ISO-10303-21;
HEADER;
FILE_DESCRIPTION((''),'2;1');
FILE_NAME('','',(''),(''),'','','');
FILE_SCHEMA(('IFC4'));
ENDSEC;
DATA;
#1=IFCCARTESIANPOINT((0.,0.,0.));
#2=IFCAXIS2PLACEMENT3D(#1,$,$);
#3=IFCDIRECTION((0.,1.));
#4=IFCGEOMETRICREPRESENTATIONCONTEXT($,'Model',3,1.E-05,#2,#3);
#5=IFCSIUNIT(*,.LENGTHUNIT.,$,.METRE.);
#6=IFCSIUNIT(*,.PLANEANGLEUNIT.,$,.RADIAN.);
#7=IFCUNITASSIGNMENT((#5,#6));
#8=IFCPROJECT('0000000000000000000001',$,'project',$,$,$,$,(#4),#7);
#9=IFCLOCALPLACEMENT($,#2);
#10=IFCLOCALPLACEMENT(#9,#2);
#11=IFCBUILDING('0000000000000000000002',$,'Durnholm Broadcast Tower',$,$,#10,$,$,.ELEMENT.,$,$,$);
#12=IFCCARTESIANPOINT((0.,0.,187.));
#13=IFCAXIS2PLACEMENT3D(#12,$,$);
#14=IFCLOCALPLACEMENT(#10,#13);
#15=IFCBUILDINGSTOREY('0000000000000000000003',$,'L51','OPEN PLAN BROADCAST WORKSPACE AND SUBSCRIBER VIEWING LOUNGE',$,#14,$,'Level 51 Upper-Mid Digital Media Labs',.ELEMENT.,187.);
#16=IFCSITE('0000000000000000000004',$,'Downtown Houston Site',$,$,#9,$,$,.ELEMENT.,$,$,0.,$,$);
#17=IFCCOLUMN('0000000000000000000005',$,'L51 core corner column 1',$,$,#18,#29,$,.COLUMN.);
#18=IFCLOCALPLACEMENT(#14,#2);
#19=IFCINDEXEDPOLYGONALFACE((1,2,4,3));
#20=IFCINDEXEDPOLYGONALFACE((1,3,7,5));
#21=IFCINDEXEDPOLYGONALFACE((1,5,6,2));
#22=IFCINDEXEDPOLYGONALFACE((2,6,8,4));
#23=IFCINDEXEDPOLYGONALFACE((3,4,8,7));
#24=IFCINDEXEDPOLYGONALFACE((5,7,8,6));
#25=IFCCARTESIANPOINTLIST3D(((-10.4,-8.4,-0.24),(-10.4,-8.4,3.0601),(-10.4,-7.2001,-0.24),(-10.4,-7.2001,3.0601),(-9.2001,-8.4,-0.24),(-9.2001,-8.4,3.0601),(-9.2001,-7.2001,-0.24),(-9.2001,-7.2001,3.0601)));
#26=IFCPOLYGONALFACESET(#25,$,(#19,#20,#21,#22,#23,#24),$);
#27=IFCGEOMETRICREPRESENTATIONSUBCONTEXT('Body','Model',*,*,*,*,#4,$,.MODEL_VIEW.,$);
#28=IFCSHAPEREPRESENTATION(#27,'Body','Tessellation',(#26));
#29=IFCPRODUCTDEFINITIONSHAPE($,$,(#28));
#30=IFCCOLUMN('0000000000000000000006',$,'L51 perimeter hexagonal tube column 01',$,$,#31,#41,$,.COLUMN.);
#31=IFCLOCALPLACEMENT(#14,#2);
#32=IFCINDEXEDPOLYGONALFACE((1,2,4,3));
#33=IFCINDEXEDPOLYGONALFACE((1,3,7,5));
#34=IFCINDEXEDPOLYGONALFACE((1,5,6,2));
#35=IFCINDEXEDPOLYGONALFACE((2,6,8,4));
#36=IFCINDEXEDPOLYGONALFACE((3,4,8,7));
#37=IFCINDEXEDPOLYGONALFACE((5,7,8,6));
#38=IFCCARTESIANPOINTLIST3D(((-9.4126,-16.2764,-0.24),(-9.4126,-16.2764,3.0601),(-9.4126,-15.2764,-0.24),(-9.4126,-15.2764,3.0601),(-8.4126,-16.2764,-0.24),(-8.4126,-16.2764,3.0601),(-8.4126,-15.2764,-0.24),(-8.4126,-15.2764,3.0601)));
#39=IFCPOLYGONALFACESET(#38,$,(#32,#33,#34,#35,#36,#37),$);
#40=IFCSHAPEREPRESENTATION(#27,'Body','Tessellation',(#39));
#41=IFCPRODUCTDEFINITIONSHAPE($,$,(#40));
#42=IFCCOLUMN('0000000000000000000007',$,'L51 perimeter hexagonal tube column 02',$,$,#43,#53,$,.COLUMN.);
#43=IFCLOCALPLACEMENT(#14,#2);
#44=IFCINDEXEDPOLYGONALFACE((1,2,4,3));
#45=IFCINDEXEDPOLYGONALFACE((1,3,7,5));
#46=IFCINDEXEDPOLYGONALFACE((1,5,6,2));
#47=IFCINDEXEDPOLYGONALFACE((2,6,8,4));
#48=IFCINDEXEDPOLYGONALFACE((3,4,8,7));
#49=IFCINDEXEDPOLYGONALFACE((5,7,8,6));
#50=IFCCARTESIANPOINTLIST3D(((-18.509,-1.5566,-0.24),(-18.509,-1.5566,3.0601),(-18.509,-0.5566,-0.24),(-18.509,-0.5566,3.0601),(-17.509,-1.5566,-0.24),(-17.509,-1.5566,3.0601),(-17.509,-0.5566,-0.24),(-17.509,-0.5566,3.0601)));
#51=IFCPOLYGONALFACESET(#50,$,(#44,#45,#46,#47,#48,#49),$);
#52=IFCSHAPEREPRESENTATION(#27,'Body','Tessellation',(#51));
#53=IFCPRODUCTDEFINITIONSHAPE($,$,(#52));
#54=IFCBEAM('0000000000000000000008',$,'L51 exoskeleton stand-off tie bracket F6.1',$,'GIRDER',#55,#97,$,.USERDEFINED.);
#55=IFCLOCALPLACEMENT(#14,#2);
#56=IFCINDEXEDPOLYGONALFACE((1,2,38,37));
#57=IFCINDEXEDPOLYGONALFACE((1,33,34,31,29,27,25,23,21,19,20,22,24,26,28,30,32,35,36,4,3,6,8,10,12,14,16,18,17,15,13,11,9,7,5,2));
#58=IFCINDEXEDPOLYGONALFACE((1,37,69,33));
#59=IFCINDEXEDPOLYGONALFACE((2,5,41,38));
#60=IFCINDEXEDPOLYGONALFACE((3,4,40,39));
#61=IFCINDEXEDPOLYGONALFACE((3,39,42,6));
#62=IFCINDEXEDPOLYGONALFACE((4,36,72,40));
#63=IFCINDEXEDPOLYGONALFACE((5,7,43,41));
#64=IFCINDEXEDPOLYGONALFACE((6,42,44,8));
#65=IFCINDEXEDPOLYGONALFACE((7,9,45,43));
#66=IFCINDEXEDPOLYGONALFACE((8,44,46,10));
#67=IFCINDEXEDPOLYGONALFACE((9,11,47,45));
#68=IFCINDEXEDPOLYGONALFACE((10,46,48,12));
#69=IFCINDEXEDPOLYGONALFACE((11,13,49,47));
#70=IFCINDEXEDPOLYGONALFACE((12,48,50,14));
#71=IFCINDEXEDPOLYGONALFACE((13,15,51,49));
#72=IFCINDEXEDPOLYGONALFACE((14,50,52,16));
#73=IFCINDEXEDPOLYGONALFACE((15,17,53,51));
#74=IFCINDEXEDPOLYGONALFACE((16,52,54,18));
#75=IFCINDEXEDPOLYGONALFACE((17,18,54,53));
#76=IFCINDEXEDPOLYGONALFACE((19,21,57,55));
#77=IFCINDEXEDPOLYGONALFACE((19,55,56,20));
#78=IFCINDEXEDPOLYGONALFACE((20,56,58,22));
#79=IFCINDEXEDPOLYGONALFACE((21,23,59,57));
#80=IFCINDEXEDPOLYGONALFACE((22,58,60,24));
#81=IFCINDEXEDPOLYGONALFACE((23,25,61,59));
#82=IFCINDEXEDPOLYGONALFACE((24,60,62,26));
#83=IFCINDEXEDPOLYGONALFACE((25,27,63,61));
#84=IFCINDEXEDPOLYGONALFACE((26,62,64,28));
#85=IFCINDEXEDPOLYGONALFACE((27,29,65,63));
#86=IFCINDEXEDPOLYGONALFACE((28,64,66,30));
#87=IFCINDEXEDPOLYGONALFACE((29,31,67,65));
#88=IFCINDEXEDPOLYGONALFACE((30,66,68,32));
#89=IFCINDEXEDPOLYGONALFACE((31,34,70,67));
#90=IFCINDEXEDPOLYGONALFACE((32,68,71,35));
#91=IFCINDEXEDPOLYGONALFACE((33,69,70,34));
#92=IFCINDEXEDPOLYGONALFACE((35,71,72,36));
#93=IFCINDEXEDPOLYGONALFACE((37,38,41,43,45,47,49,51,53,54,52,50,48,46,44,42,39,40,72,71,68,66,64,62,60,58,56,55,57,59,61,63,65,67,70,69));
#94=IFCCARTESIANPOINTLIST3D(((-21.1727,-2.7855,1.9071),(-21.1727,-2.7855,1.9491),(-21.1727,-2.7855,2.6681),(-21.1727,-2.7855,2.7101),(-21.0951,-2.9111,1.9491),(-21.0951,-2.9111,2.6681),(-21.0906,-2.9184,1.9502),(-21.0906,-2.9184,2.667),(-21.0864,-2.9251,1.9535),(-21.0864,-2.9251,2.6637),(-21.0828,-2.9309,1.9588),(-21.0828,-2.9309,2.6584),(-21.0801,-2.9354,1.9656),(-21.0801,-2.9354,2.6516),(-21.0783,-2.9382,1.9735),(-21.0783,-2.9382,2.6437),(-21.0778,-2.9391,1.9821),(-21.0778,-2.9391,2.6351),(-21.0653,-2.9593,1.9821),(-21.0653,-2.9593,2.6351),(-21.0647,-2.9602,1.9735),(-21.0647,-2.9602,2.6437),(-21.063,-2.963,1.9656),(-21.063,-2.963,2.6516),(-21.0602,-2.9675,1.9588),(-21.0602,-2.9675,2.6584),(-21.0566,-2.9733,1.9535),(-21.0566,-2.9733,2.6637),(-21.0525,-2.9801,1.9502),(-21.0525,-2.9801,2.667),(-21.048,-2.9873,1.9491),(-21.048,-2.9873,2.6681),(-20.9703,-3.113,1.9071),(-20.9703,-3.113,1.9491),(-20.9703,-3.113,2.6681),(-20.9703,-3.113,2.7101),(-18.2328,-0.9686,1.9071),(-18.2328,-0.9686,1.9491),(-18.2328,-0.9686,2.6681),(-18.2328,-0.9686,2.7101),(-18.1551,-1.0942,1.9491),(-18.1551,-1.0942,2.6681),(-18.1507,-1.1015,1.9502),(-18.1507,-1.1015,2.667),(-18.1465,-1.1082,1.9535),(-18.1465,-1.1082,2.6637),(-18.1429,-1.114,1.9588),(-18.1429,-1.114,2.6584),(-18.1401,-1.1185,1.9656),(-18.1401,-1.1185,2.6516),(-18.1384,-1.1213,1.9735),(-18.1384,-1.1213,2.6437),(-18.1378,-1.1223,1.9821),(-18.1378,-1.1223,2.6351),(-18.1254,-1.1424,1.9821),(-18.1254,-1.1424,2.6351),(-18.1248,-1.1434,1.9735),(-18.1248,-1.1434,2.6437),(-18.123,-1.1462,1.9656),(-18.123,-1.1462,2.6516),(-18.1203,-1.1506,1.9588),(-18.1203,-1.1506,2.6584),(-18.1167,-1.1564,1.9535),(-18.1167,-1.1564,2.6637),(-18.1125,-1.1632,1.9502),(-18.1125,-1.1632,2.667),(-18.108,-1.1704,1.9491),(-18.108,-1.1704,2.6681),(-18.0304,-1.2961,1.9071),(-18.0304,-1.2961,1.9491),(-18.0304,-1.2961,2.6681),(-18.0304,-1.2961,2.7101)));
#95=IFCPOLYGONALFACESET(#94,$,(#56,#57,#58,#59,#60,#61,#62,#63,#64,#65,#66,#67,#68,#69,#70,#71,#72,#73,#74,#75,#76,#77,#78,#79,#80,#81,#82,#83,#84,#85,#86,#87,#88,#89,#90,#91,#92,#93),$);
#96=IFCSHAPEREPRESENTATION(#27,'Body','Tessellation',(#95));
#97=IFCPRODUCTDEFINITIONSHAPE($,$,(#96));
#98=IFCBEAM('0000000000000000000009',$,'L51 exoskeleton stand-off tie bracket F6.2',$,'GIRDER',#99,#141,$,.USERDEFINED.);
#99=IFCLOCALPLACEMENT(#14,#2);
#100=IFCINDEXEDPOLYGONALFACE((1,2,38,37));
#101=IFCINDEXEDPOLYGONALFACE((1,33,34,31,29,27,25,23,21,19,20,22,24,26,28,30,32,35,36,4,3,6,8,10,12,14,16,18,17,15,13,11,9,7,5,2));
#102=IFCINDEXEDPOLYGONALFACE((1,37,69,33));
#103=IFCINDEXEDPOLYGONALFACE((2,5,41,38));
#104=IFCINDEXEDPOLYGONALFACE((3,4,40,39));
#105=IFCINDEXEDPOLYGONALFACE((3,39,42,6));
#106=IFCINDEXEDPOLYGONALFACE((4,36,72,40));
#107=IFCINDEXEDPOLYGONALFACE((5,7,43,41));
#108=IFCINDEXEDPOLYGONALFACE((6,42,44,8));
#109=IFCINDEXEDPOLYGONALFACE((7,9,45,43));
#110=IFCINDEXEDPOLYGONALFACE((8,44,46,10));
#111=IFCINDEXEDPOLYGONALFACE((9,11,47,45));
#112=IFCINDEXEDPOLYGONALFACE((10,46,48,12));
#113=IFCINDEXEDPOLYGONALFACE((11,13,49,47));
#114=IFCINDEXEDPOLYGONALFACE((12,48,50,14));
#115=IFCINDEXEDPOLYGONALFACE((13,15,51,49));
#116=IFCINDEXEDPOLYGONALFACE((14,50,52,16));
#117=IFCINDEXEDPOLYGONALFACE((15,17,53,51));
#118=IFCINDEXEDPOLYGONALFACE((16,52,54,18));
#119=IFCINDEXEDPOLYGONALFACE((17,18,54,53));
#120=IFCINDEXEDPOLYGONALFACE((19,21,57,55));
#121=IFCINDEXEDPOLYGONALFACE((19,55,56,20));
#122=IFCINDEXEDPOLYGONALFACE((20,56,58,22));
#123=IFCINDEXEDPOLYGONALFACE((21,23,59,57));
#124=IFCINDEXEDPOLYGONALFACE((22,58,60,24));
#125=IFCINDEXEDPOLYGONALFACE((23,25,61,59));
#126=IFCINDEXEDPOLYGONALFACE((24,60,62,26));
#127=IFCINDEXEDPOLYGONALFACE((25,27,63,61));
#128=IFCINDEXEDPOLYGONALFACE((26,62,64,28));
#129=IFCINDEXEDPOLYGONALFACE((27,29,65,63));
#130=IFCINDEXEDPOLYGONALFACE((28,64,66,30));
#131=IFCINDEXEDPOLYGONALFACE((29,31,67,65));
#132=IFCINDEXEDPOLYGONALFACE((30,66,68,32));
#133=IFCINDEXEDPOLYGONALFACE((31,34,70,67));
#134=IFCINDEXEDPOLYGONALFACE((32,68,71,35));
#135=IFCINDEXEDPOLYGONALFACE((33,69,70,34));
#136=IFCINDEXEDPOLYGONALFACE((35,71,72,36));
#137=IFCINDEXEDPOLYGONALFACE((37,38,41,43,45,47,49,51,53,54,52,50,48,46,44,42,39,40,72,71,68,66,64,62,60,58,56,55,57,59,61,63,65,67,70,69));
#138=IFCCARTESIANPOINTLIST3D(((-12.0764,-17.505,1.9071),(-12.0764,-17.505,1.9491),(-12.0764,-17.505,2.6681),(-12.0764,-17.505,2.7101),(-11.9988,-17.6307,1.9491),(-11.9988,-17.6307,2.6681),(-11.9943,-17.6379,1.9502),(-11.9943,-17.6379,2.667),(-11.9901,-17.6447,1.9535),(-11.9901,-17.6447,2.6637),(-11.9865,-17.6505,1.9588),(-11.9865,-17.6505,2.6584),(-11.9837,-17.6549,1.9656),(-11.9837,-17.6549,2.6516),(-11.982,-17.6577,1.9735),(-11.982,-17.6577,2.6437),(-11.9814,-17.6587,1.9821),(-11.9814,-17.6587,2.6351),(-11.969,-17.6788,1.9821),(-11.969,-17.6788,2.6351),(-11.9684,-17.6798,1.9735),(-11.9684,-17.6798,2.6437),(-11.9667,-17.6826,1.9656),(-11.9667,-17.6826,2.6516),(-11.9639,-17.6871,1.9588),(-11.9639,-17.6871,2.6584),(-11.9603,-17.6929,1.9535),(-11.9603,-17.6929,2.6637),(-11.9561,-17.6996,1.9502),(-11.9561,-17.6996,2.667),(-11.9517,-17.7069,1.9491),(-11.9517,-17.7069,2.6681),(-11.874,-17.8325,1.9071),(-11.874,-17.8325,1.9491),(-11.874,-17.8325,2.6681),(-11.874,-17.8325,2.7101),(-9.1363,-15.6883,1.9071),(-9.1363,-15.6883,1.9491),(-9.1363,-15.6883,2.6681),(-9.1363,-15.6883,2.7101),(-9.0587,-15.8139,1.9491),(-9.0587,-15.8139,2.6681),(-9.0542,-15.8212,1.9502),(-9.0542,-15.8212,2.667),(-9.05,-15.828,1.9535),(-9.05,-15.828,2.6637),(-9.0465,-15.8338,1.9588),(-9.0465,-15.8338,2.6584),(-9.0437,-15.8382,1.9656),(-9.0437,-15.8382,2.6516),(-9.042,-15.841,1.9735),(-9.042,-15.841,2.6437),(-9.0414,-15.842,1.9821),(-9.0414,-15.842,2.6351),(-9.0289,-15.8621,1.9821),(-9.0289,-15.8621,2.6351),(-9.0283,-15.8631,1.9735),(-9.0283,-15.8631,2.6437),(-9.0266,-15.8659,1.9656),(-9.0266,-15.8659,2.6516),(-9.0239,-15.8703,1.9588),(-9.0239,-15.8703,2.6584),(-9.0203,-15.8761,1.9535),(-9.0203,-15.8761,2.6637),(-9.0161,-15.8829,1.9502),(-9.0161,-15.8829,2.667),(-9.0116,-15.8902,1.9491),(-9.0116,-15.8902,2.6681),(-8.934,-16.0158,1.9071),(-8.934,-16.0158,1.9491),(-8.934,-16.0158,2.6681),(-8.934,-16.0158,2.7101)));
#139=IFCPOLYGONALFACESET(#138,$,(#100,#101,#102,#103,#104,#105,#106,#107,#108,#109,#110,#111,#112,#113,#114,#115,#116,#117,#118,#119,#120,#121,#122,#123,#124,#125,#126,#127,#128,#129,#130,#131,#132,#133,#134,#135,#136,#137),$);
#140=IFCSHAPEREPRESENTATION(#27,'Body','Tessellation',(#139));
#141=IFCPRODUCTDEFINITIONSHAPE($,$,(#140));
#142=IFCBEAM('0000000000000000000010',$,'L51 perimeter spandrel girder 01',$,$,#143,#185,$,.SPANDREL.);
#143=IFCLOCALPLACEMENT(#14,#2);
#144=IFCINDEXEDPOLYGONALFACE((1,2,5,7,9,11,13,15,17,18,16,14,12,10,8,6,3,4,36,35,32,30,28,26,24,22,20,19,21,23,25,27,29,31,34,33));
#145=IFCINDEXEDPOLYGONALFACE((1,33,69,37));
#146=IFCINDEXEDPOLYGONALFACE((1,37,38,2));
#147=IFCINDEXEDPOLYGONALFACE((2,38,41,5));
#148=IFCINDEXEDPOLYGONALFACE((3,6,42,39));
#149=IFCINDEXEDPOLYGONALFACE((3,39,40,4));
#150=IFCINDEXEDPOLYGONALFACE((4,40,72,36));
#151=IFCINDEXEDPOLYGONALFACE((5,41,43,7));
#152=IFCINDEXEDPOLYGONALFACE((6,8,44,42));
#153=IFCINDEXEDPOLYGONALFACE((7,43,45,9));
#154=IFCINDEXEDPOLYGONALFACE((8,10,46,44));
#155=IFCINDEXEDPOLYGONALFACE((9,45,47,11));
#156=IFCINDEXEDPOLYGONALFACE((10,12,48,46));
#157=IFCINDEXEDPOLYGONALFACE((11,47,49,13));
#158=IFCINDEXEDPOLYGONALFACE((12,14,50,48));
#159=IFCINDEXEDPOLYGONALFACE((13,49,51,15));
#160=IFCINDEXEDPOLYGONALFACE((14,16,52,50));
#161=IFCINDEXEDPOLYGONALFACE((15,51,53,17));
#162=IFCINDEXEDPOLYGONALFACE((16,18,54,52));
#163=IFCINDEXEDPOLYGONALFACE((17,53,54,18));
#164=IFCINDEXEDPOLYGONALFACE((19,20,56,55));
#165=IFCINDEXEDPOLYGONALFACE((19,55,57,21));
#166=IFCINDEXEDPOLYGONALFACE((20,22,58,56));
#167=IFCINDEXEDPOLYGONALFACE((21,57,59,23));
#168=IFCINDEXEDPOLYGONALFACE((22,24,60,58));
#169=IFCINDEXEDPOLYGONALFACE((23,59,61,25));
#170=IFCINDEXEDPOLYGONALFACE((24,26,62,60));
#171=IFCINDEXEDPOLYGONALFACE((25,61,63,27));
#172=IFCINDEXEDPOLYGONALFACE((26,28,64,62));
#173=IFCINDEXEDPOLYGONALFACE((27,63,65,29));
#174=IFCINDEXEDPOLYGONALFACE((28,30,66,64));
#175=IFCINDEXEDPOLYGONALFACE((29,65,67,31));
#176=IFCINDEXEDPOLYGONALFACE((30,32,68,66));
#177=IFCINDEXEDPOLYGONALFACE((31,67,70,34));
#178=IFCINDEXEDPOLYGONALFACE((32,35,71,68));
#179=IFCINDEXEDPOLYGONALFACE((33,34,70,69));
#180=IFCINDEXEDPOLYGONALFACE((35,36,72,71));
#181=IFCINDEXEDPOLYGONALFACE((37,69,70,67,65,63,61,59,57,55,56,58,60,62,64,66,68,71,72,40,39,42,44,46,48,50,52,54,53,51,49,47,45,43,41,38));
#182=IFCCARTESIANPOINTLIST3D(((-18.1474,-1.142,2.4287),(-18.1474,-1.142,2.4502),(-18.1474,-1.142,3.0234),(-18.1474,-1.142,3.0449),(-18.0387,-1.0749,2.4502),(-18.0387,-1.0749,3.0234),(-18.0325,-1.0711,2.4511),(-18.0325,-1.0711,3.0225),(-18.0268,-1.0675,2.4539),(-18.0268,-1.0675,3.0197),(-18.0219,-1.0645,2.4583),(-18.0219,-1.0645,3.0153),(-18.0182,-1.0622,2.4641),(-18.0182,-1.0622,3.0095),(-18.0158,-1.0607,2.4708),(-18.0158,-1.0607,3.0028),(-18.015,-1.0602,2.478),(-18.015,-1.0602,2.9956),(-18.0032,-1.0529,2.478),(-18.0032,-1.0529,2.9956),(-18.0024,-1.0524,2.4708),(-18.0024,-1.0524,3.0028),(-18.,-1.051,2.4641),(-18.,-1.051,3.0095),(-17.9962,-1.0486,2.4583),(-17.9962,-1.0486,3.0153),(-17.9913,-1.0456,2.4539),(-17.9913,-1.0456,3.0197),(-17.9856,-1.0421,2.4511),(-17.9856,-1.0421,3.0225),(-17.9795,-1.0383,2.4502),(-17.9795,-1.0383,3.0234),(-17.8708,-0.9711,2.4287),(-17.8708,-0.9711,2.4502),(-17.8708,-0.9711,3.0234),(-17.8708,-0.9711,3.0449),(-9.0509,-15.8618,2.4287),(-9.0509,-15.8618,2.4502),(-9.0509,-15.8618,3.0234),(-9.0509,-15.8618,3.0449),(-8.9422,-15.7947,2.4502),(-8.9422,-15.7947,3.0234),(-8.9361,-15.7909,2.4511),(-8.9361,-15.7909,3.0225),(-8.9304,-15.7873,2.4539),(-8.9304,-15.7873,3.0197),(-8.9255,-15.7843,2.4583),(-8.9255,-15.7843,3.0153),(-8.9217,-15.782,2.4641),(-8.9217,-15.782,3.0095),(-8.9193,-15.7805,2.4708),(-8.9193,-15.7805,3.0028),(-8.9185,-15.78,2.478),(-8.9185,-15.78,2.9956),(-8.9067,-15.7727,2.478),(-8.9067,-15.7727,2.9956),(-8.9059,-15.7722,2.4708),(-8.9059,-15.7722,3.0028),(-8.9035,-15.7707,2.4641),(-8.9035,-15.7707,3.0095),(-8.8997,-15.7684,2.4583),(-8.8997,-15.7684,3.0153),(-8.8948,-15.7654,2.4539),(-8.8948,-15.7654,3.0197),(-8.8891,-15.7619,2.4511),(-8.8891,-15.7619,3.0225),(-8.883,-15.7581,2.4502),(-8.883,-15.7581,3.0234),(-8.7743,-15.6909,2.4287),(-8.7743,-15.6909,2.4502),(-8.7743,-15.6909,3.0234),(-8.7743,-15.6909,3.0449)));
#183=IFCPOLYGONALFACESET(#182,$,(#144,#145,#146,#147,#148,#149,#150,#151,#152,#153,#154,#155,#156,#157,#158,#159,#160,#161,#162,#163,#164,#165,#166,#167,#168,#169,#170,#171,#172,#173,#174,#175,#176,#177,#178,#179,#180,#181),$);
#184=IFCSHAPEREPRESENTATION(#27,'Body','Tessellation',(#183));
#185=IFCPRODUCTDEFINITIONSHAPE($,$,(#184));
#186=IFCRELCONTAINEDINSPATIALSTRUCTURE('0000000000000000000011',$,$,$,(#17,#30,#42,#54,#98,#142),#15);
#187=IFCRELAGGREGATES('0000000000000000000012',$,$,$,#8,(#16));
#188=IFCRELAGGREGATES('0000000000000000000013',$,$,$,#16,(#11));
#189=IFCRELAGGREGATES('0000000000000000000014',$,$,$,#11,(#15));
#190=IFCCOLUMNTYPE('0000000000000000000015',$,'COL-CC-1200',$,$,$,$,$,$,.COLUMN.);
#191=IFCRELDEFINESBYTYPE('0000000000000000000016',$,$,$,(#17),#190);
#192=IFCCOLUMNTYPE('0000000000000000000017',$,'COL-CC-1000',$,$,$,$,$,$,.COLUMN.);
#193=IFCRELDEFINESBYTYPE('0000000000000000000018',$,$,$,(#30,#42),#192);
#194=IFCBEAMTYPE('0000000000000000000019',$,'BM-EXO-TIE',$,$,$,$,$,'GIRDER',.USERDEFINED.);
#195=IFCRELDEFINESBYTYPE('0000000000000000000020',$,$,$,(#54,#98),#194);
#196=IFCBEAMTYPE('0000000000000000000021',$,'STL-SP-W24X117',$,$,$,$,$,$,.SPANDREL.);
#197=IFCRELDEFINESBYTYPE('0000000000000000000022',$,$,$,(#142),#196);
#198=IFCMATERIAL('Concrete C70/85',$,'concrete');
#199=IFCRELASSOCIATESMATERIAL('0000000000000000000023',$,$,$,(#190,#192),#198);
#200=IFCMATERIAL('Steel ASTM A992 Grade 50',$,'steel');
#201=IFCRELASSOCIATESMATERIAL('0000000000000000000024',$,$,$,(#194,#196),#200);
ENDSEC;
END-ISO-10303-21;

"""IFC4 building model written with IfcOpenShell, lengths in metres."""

from ifc_helpers import new_model, si_unit, direction, frame, origin, origin_2d, place, context, subcontext, project, spatial, rectangle, i_section, extrude, source, transform, mapped, material, material_profile, profile_set, type_object, type_shapes, element, save


model = new_model("IFC4")

# Units and contexts
model_context = context("Model", 3, precision=1e-05, world=origin(), true_north=direction((0.0, 1.0)))
body_context = subcontext(model_context, "Body", "Model", "MODEL_VIEW")
ifc_project = project(units=[si_unit("LENGTHUNIT", "METRE"), si_unit("PLANEANGLEUNIT", "RADIAN")], contexts=[model_context])

# Site, building, storey
site_placement = place(None, origin())
site = spatial("IfcSite", under=ifc_project, at=site_placement, Name="Downtown Houston Site", CompositionType="ELEMENT", RefElevation=0.0)
building_placement = place(site_placement, origin())
building = spatial("IfcBuilding", under=site, at=building_placement, Name="Durnholm Broadcast Tower", CompositionType="ELEMENT")
storey_placement = place(building_placement, frame((0.0, 0.0, 187.0)))
storey = spatial("IfcBuildingStorey", under=building, at=storey_placement, Name="L51", Description="OPEN PLAN BROADCAST WORKSPACE AND SUBSCRIBER VIEWING LOUNGE", LongName="Level 51 Upper-Mid Digital Media Labs", CompositionType="ELEMENT", Elevation=187.0)

# Columns
ifc_material_1 = material(Name="Concrete C70/85", Category="concrete")
ifc_material_profile_1 = material_profile(ifc_material_1, rectangle(XDim=1.2, YDim=1.2, at=origin_2d()), Name="RC1200X1200")
ifc_profile_set_1 = profile_set([ifc_material_profile_1], Name="Concrete C70/85")
column_type_1 = type_object("IfcColumnType", Name="COL-CC-1200", PredefinedType="COLUMN", material=ifc_profile_set_1)
shared_shape_1 = source(origin(), body_context, "Body", "SweptSolid", [
    extrude(rectangle(XDim=1.2, YDim=1.2, at=origin_2d()), origin(), (0.0, 0.0, 1.0), 3.3),
])
type_shapes(column_type_1, [shared_shape_1])
column_placement = place(storey_placement, frame((-9.8, -7.8, -0.24), z_axis=(0.0, 0.0, 1.0), x_axis=(1.0, 0.0, 0.0)))
element("IfcColumn", 1, at=column_placement, inside=storey, type_object=column_type_1, Name="L51 core corner column 1", PredefinedType="COLUMN", context=body_context, shape_type="MappedRepresentation", body=[
    mapped(shared_shape_1, transform((0.0, 0.0, 0.0), x_axis=(1.0, 0.0, 0.0), y_axis=(0.0, 1.0, 0.0), z_axis=(0.0, 0.0, 1.0), scale=1.0)),
])
ifc_material_profile_2 = material_profile(ifc_material_1, rectangle(XDim=1.0, YDim=1.0, at=origin_2d()), Name="RC1000X1000")
ifc_profile_set_2 = profile_set([ifc_material_profile_2], Name="Concrete C70/85")
column_type_2 = type_object("IfcColumnType", Name="COL-CC-1000", PredefinedType="COLUMN", material=ifc_profile_set_2)
shared_shape_2 = source(origin(), body_context, "Body", "SweptSolid", [
    extrude(rectangle(XDim=1.0, YDim=1.0, at=origin_2d()), origin(), (0.0, 0.0, 1.0), 3.3),
])
type_shapes(column_type_2, [shared_shape_2])
for number, where, z_axis, x_axis, name in (
    (2, (-8.9126, -15.7764, -0.24), (0.0, 0.0, 1.0), (1.0, 0.0, 0.0), "L51 perimeter hexagonal tube column 01"),
    (3, (-18.009, -1.0566, -0.24), (0.0, 0.0, 1.0), (1.0, 0.0, 0.0), "L51 perimeter hexagonal tube column 02"),
):
    element("IfcColumn", number, at=place(storey_placement, frame(where, z_axis=z_axis, x_axis=x_axis)), inside=storey, type_object=column_type_2, Name=name, PredefinedType="COLUMN", context=body_context, shape_type="MappedRepresentation", body=[
        mapped(shared_shape_2, transform((0.0, 0.0, 0.0), x_axis=(1.0, 0.0, 0.0), y_axis=(0.0, 1.0, 0.0), z_axis=(0.0, 0.0, 1.0), scale=1.0)),
    ])

# Beams
ifc_material_2 = material(Name="Steel ASTM A992 Grade 50", Category="steel")
ifc_material_profile_3 = material_profile(ifc_material_2, i_section(OverallWidth=0.385, OverallDepth=0.803, WebThickness=0.0237, FlangeThickness=0.042, FilletRadius=0.033, at=origin_2d()), Name="W30X261")
ifc_profile_set_3 = profile_set([ifc_material_profile_3], Name="Steel ASTM A992 Grade 50")
beam_type_1 = type_object("IfcBeamType", Name="BM-EXO-TIE", ElementType="GIRDER", PredefinedType="USERDEFINED", material=ifc_profile_set_3)
shared_shape_3 = source(origin(), body_context, "Body", "SweptSolid", [
    extrude(i_section(OverallWidth=0.385, OverallDepth=0.803, WebThickness=0.0237, FlangeThickness=0.042, FilletRadius=0.033, at=origin_2d()), origin(), (0.0, 0.0, 1.0), 3.4561),
])
for number, where, z_axis, x_axis, name in (
    (4, (-18.1316, -1.1323, 2.3086), (-0.850662, -0.525712, 0.0), (0.525712, -0.850662, 0.0), "L51 exoskeleton stand-off tie bracket F6.1"),
    (5, (-9.0352, -15.8521, 2.3086), (-0.850694, -0.525661, 0.0), (0.525661, -0.850694, 0.0), "L51 exoskeleton stand-off tie bracket F6.2"),
):
    element("IfcBeam", number, at=place(storey_placement, frame(where, z_axis=z_axis, x_axis=x_axis)), inside=storey, type_object=beam_type_1, Name=name, ObjectType="GIRDER", PredefinedType="USERDEFINED", context=body_context, shape_type="MappedRepresentation", body=[
        mapped(shared_shape_3, transform((0.0, 0.0, 0.0), x_axis=(1.0, 0.0, 0.0), y_axis=(0.0, 1.0, 0.0), z_axis=(0.0, 0.0, 1.0), scale=1.0)),
    ])
ifc_material_profile_4 = material_profile(ifc_material_2, i_section(OverallWidth=0.3252, OverallDepth=0.6162, WebThickness=0.0139, FlangeThickness=0.0215, FilletRadius=0.0278, at=origin_2d()), Name="W24X117")
ifc_profile_set_4 = profile_set([ifc_material_profile_4], Name="Steel ASTM A992 Grade 50")
beam_type_2 = type_object("IfcBeamType", Name="STL-SP-W24X117", PredefinedType="SPANDREL", material=ifc_profile_set_4)
shared_shape_4 = source(origin(), body_context, "Body", "SweptSolid", [
    extrude(i_section(OverallWidth=0.3252, OverallDepth=0.6162, WebThickness=0.0139, FlangeThickness=0.0215, FilletRadius=0.0278, at=origin_2d()), origin(), (0.0, 0.0, 1.0), 17.3037),
])
beam_1_placement = place(storey_placement, frame((-8.9126, -15.7764, 2.7368), z_axis=(-0.525695, 0.850673, 0.0), x_axis=(-0.850673, -0.525695, 0.0)))
element("IfcBeam", 6, at=beam_1_placement, inside=storey, type_object=beam_type_2, Name="L51 perimeter spandrel girder 01", PredefinedType="SPANDREL", context=body_context, shape_type="MappedRepresentation", body=[
    mapped(shared_shape_4, transform((0.0, 0.0, 0.0), x_axis=(1.0, 0.0, 0.0), y_axis=(0.0, 1.0, 0.0), z_axis=(0.0, 0.0, 1.0), scale=1.0)),
])

save(model, "model.ifc")
